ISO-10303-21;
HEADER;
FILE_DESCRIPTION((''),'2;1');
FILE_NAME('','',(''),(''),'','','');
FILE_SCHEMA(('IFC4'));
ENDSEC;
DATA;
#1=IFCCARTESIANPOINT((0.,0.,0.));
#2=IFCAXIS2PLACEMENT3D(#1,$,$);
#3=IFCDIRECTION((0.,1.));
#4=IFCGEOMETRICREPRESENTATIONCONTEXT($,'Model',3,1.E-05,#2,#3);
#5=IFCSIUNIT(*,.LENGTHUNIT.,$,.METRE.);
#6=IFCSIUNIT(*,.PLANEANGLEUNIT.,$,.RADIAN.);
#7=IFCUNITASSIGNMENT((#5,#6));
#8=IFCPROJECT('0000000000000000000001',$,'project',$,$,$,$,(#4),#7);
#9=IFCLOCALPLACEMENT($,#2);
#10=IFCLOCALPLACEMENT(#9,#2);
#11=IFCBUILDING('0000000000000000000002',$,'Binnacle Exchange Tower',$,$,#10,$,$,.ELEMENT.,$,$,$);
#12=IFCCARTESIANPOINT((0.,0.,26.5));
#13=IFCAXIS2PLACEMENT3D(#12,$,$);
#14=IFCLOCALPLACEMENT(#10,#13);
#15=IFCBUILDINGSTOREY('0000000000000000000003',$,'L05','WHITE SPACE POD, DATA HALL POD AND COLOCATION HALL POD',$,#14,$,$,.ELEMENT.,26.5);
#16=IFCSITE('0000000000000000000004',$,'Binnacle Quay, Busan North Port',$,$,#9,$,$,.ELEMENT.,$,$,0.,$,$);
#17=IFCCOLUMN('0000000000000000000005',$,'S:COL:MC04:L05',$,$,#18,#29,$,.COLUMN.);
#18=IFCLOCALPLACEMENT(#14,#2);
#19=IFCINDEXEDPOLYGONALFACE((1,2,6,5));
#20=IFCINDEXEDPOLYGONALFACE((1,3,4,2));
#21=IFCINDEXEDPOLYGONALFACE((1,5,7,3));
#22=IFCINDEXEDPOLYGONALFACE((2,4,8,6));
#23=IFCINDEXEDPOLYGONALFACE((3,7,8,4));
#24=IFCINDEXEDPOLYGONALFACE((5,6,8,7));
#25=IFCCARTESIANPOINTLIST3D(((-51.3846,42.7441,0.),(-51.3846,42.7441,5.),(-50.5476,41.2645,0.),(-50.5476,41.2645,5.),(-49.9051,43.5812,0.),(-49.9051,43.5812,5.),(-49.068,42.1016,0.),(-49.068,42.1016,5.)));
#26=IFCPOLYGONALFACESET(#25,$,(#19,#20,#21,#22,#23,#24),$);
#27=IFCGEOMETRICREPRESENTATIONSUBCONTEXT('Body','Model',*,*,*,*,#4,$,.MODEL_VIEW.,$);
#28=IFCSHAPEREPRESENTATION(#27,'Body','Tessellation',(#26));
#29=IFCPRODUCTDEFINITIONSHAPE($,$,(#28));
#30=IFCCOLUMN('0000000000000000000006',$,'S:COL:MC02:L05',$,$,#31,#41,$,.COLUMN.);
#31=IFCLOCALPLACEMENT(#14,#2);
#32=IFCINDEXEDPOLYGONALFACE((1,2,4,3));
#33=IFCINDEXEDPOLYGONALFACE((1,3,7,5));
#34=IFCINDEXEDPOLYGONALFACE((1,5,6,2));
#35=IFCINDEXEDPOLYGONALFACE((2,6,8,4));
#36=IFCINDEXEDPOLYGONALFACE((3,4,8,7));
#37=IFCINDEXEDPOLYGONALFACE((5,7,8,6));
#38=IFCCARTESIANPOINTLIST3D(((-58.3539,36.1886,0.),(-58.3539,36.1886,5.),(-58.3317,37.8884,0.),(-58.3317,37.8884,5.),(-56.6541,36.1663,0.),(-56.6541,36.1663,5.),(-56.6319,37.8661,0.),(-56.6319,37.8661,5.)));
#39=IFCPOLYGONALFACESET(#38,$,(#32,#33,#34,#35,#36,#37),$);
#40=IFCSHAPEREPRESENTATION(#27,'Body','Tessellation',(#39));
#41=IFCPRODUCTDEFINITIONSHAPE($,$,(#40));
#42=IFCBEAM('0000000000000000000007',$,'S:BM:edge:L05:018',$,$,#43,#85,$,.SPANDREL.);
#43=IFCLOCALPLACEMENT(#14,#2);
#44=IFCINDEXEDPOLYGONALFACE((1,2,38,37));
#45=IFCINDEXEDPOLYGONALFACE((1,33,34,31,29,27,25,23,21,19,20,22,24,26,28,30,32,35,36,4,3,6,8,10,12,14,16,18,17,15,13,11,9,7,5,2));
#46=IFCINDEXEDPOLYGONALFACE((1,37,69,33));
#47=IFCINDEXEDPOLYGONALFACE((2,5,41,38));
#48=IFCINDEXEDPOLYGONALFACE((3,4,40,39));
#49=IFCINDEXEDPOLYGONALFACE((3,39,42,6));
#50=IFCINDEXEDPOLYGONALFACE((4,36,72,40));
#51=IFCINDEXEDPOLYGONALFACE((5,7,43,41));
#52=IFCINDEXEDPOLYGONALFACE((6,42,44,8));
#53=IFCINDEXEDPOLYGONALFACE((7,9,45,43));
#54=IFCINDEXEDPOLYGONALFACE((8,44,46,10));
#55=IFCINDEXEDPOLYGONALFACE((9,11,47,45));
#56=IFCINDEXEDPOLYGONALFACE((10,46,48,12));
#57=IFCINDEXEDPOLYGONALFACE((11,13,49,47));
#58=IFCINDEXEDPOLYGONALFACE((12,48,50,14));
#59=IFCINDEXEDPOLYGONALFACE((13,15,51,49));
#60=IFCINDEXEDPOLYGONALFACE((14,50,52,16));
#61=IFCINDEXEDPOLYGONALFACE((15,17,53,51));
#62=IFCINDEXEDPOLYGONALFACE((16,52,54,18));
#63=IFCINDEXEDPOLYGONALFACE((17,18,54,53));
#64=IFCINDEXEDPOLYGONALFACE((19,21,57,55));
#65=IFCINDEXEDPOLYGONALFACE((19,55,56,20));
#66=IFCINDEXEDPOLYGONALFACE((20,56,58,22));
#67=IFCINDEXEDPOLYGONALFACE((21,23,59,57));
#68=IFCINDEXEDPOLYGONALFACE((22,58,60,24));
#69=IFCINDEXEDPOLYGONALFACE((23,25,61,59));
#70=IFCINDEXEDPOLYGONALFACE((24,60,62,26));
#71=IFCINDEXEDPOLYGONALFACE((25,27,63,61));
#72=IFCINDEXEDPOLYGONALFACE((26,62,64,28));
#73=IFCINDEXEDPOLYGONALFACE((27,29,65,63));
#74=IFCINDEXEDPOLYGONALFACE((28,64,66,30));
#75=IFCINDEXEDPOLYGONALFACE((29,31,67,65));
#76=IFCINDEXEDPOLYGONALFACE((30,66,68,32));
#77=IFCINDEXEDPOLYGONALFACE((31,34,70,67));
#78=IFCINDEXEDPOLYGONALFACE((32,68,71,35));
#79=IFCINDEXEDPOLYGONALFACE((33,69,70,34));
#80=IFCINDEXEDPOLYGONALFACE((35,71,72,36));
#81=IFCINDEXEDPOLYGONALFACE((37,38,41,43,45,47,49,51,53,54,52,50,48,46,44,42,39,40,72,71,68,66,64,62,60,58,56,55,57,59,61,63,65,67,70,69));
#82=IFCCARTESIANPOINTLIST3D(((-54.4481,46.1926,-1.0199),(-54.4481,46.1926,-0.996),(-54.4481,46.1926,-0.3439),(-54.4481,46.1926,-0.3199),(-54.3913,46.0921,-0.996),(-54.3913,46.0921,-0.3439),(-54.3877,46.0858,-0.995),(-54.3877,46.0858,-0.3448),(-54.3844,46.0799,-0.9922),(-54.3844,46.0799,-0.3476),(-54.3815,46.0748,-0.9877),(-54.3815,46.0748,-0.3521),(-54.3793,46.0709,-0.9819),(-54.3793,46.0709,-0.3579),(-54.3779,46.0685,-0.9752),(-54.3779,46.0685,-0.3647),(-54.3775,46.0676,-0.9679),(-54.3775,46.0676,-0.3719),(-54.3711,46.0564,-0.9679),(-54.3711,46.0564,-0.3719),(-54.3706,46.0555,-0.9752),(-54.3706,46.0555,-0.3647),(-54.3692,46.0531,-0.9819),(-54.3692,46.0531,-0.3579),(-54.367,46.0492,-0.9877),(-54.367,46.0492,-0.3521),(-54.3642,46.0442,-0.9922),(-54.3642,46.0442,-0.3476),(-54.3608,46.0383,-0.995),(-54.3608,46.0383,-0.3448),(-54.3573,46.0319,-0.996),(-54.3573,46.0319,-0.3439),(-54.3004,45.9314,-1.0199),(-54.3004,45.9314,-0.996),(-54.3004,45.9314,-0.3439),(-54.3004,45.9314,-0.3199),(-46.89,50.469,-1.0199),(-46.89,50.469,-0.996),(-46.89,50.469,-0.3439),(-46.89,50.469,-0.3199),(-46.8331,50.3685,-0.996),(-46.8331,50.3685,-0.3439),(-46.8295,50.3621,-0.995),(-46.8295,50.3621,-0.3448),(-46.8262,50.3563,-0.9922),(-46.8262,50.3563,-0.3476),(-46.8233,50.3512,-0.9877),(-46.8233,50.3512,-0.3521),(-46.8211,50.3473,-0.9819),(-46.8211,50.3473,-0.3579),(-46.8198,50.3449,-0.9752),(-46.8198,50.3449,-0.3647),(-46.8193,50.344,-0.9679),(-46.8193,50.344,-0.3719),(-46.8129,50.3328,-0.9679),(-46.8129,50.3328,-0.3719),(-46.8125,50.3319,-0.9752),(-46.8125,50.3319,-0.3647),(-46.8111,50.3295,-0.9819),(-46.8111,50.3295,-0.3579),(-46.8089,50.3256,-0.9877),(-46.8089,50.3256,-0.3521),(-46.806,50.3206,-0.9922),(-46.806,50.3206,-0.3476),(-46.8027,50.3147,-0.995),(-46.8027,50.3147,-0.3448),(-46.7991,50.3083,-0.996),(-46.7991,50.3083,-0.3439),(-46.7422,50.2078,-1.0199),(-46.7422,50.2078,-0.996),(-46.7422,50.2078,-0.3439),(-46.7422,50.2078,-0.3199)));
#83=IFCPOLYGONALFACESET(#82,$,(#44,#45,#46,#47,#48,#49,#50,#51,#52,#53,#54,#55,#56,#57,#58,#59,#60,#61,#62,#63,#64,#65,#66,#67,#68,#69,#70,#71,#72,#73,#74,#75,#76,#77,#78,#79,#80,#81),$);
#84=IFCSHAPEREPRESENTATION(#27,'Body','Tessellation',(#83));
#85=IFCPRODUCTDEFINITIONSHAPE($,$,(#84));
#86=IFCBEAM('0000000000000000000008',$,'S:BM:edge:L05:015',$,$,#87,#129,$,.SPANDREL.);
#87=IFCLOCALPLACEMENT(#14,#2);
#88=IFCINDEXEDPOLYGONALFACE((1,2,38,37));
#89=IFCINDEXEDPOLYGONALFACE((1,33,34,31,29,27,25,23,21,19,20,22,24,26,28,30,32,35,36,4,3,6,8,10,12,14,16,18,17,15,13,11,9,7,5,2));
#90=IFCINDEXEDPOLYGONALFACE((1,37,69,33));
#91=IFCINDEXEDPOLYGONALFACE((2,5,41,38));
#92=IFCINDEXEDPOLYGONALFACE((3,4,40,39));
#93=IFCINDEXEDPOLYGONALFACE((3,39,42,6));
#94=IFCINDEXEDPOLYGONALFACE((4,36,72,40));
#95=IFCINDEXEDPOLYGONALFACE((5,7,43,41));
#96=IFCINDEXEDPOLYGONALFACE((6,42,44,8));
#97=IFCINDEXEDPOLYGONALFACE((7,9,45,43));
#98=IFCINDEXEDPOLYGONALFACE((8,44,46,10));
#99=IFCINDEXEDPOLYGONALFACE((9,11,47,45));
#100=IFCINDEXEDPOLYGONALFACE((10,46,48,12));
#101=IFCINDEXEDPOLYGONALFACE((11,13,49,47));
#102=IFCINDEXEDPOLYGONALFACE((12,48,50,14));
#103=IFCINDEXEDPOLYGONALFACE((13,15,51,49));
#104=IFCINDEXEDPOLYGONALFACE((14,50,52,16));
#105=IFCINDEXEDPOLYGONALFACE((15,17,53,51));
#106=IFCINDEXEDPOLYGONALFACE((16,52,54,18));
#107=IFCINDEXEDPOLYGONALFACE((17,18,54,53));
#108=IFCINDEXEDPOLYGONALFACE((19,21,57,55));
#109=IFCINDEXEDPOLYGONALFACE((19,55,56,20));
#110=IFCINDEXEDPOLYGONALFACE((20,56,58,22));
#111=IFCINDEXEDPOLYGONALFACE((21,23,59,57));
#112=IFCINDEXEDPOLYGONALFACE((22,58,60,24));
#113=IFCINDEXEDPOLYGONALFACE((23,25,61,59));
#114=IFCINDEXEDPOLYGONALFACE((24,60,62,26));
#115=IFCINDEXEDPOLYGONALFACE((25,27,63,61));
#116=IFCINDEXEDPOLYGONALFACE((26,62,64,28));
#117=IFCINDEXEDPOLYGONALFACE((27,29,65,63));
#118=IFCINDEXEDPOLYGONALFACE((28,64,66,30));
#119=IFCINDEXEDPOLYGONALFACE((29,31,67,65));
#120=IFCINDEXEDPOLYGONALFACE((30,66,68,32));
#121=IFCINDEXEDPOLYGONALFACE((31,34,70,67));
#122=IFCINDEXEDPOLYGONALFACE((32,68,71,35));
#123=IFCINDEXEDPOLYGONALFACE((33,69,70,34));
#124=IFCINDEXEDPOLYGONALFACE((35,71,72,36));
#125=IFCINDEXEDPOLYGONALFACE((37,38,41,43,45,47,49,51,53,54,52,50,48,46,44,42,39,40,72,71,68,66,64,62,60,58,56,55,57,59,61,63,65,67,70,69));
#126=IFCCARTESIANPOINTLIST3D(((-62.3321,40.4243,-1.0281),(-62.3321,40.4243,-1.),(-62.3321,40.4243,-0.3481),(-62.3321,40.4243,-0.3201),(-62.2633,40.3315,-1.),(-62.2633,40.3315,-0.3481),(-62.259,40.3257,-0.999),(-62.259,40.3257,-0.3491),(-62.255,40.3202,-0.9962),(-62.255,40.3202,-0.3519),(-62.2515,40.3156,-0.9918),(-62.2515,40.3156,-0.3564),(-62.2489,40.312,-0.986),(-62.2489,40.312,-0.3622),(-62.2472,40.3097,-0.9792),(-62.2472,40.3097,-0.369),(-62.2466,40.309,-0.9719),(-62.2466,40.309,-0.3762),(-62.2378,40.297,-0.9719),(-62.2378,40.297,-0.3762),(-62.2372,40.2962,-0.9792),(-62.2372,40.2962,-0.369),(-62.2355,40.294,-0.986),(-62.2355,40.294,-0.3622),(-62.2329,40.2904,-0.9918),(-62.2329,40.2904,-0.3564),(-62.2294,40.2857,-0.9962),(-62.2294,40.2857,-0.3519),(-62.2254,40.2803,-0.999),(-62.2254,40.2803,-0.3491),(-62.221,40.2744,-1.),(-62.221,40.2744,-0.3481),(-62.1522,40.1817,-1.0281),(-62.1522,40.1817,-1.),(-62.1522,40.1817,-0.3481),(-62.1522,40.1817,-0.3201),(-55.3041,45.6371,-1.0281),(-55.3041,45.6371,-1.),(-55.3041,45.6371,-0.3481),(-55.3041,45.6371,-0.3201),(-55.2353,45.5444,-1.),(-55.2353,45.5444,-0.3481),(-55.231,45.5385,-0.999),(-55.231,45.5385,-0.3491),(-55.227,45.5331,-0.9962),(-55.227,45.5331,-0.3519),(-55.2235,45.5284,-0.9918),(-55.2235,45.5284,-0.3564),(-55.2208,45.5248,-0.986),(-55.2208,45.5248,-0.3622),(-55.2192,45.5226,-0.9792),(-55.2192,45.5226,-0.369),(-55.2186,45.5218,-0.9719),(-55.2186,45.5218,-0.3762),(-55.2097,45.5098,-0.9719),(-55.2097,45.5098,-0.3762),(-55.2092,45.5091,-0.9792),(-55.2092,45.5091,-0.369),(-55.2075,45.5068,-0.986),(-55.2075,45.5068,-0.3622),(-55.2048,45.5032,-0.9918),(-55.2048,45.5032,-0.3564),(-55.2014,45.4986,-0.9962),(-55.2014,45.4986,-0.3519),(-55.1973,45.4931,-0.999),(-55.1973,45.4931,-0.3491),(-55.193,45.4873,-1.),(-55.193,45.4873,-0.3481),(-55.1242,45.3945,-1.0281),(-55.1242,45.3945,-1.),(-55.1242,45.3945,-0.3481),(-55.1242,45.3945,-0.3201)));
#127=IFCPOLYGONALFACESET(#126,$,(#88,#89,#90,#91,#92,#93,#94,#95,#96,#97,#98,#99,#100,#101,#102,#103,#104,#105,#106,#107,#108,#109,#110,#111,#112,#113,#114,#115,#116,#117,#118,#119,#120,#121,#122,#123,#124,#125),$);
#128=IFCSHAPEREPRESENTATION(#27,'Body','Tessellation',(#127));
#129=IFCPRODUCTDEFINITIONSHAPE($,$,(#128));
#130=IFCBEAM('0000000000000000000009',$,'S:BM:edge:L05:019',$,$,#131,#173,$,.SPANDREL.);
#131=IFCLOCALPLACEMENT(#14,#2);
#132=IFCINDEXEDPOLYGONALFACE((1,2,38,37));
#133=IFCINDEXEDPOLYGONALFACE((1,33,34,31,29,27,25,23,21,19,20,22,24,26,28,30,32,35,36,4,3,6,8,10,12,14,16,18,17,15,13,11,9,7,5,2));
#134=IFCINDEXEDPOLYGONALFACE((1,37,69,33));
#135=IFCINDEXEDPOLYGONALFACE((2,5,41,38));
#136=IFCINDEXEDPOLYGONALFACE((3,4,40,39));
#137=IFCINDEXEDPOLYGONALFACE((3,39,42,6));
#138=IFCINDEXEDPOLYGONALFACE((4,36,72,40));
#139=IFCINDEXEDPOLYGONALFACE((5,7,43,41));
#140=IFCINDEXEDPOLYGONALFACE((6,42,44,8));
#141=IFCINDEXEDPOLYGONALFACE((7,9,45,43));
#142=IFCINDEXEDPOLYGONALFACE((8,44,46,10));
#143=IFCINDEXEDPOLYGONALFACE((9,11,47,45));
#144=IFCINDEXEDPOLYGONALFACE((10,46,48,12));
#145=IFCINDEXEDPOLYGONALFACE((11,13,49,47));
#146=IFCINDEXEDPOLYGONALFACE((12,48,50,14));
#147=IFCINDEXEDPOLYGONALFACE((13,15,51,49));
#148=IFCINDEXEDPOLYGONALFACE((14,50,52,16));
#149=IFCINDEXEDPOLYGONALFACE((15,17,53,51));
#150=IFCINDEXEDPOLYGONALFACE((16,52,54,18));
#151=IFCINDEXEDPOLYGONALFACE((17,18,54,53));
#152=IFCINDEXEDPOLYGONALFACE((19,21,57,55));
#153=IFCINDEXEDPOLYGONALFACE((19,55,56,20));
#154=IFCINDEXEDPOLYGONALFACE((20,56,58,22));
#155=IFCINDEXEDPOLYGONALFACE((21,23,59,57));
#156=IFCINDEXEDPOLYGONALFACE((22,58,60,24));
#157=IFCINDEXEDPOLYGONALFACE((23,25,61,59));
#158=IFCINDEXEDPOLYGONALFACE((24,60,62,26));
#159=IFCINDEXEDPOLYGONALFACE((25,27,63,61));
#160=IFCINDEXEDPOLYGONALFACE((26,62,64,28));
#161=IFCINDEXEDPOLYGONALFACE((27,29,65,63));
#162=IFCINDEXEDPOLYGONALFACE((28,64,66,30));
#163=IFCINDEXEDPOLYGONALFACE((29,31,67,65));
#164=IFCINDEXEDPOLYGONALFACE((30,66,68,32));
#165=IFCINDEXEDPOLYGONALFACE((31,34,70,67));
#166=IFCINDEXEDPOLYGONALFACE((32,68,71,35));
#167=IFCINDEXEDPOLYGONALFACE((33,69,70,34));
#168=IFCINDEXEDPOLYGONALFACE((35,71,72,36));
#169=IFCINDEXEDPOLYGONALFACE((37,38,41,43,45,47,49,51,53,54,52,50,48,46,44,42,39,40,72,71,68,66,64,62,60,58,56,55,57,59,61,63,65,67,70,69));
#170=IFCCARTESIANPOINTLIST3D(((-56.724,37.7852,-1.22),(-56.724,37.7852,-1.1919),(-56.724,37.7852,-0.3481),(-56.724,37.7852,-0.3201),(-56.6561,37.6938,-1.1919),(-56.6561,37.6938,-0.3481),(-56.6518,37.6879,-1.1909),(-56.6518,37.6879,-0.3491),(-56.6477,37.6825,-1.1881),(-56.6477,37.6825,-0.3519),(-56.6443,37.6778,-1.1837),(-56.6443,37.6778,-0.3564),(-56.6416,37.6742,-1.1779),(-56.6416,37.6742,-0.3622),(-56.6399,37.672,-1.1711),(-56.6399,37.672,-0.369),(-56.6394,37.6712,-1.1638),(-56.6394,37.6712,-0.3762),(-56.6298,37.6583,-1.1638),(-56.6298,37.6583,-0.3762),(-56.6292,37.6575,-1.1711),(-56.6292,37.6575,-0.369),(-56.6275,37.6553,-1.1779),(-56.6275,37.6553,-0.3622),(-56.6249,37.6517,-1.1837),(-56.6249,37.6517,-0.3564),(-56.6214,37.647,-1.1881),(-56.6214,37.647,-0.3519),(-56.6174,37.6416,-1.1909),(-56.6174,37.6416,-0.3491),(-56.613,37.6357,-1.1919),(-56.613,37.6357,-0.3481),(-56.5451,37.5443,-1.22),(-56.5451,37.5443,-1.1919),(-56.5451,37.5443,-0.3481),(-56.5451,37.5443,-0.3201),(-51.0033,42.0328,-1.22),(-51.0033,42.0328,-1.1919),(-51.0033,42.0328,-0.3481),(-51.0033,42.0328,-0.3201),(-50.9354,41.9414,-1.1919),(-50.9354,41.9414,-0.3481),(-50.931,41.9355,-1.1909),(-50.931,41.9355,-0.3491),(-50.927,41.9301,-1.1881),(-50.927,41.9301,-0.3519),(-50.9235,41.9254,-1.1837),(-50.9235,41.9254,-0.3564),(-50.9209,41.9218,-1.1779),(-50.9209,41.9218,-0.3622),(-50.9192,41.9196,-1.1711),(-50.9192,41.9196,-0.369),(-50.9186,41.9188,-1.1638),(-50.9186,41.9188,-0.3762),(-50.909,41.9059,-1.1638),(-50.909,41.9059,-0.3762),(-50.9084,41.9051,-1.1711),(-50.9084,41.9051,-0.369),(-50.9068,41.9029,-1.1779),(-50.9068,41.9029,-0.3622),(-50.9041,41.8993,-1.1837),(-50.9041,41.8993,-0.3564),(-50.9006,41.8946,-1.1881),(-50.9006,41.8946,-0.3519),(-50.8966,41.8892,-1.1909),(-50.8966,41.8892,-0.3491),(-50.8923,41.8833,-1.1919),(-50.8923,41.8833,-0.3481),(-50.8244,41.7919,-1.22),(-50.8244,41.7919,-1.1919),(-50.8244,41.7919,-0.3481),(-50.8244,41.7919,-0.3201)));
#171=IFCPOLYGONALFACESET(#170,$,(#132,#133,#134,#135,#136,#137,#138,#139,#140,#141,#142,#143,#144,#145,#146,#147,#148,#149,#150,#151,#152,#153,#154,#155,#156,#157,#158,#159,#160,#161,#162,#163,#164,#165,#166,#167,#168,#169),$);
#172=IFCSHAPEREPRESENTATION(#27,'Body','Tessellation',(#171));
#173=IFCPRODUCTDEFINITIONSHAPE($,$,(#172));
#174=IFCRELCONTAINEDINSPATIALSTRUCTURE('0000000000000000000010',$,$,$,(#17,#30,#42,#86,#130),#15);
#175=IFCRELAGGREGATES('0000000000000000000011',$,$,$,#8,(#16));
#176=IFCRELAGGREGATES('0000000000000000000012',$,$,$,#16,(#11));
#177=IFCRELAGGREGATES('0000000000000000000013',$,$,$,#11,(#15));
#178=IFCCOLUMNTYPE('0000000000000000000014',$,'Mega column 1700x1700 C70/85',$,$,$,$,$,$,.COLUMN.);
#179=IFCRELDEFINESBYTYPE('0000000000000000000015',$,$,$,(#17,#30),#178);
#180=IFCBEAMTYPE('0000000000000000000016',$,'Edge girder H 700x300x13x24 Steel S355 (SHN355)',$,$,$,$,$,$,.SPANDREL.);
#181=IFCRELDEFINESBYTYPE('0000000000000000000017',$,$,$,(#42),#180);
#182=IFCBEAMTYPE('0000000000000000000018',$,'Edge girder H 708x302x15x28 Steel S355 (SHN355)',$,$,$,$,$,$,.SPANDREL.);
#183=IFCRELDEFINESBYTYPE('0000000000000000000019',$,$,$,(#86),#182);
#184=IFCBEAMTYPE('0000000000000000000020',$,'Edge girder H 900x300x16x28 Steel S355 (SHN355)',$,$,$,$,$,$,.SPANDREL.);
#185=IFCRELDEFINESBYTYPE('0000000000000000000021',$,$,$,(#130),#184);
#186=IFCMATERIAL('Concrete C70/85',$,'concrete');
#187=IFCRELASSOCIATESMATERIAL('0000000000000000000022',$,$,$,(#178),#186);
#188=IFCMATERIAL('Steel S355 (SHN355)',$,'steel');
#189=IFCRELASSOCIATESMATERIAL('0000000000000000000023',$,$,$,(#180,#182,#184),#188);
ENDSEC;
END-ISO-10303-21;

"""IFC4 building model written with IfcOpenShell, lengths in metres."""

from ifc_helpers import new_model, si_unit, direction, frame, origin, origin_2d, place, context, subcontext, project, spatial, rectangle, i_section, extrude, material, material_profile, profile_set, type_object, element, save


model = new_model("IFC4")

# Units and contexts
model_context = context("Model", 3, precision=1e-05, world=origin(), true_north=direction((0.0, 1.0)))
body_context = subcontext(model_context, "Body", "Model", "MODEL_VIEW")
ifc_project = project(units=[si_unit("LENGTHUNIT", "METRE"), si_unit("PLANEANGLEUNIT", "RADIAN")], contexts=[model_context])

# Site, building, storey
site_placement = place(None, origin())
site = spatial("IfcSite", under=ifc_project, at=site_placement, Name="Binnacle Quay, Busan North Port", CompositionType="ELEMENT", RefElevation=0.0)
building_placement = place(site_placement, origin())
building = spatial("IfcBuilding", under=site, at=building_placement, Name="Binnacle Exchange Tower", CompositionType="ELEMENT")
storey_placement = place(building_placement, frame((0.0, 0.0, 26.5)))
storey = spatial("IfcBuildingStorey", under=building, at=storey_placement, Name="L05", Description="WHITE SPACE POD, DATA HALL POD AND COLOCATION HALL POD", CompositionType="ELEMENT", Elevation=26.5)

# Columns
ifc_material_1 = material(Name="Concrete C70/85", Category="concrete")
ifc_material_profile_1 = material_profile(ifc_material_1, rectangle(XDim=1.7, YDim=1.7, at=origin_2d()), Name="Mega column 1700x1700 C70/85")
ifc_profile_set_1 = profile_set([ifc_material_profile_1], Name="Concrete C70/85")
column_type = type_object("IfcColumnType", Name="Mega column 1700x1700 C70/85", PredefinedType="COLUMN", material=ifc_profile_set_1)
for number, where, z_axis, x_axis, name in (
    (1, (-50.2263, 42.4229, 0.0), (0.0, 0.0, 1.0), (-0.870356, -0.492424, 0.0), "S:COL:MC04:L05"),
    (2, (-57.4929, 37.0273, 0.0), (0.0, 0.0, 1.0), (-0.01309, -0.999914, 0.0), "S:COL:MC02:L05"),
):
    element("IfcColumn", number, at=place(storey_placement, frame(where, z_axis=z_axis, x_axis=x_axis)), inside=storey, type_object=column_type, Name=name, PredefinedType="COLUMN", context=body_context, shape_type="SweptSolid", body=[
        extrude(rectangle(XDim=1.7, YDim=1.7, at=origin_2d()), origin(), (0.0, 0.0, 1.0), 5.0),
    ])

# Beams
ifc_material_2 = material(Name="Steel S355 (SHN355)", Category="steel")
ifc_material_profile_2 = material_profile(ifc_material_2, i_section(OverallWidth=0.3, OverallDepth=0.7, WebThickness=0.0129, FlangeThickness=0.0239, FilletRadius=0.0281, at=origin_2d()), Name="H 700x300x13x24")
ifc_profile_set_2 = profile_set([ifc_material_profile_2], Name="Steel S355 (SHN355)")
beam_type_1 = type_object("IfcBeamType", Name="Edge girder H 700x300x13x24 Steel S355 (SHN355)", PredefinedType="SPANDREL", material=ifc_profile_set_2)
beam_1_placement = place(storey_placement, frame((-54.3743, 46.062, -0.6699), z_axis=(0.870346, 0.492441, 0.0), x_axis=(-0.492441, 0.870346, 0.0)))
element("IfcBeam", 3, at=beam_1_placement, inside=storey, type_object=beam_type_1, Name="S:BM:edge:L05:018", PredefinedType="SPANDREL", context=body_context, shape_type="SweptSolid", body=[
    extrude(i_section(OverallWidth=0.3, OverallDepth=0.7, WebThickness=0.0129, FlangeThickness=0.0239, FilletRadius=0.0281, at=origin_2d()), origin(), (0.0, 0.0, 1.0), 8.6841),
])
ifc_material_profile_3 = material_profile(ifc_material_2, i_section(OverallWidth=0.302, OverallDepth=0.708, WebThickness=0.0149, FlangeThickness=0.0281, FilletRadius=0.0281, at=origin_2d()), Name="H 708x302x15x28")
ifc_profile_set_3 = profile_set([ifc_material_profile_3], Name="Steel S355 (SHN355)")
beam_type_2 = type_object("IfcBeamType", Name="Edge girder H 708x302x15x28 Steel S355 (SHN355)", PredefinedType="SPANDREL", material=ifc_profile_set_3)
beam_2_placement = place(storey_placement, frame((-62.2422, 40.303, -0.6741), z_axis=(0.803179, 0.595737, 0.0), x_axis=(-0.595737, 0.803179, 0.0)))
element("IfcBeam", 4, at=beam_2_placement, inside=storey, type_object=beam_type_2, Name="S:BM:edge:L05:015", PredefinedType="SPANDREL", context=body_context, shape_type="SweptSolid", body=[
    extrude(i_section(OverallWidth=0.302, OverallDepth=0.708, WebThickness=0.0149, FlangeThickness=0.0281, FilletRadius=0.0281, at=origin_2d()), origin(), (0.0, 0.0, 1.0), 8.7502),
])
ifc_material_profile_4 = material_profile(ifc_material_2, i_section(OverallWidth=0.3, OverallDepth=0.8999, WebThickness=0.0161, FlangeThickness=0.0281, FilletRadius=0.0281, at=origin_2d()), Name="H 900x300x16x28")
ifc_profile_set_4 = profile_set([ifc_material_profile_4], Name="Steel S355 (SHN355)")
beam_type_3 = type_object("IfcBeamType", Name="Edge girder H 900x300x16x28 Steel S355 (SHN355)", PredefinedType="SPANDREL", material=ifc_profile_set_4)
beam_3_placement = place(storey_placement, frame((-50.9138, 41.9124, -0.77), z_axis=(-0.802885, -0.596133, 0.0), x_axis=(0.596133, -0.802885, 0.0)))
element("IfcBeam", 5, at=beam_3_placement, inside=storey, type_object=beam_type_3, Name="S:BM:edge:L05:019", PredefinedType="SPANDREL", context=body_context, shape_type="SweptSolid", body=[
    extrude(i_section(OverallWidth=0.3, OverallDepth=0.8999, WebThickness=0.0161, FlangeThickness=0.0281, FilletRadius=0.0281, at=origin_2d()), origin(), (0.0, 0.0, 1.0), 7.1252),
])

save(model, "model.ifc")
